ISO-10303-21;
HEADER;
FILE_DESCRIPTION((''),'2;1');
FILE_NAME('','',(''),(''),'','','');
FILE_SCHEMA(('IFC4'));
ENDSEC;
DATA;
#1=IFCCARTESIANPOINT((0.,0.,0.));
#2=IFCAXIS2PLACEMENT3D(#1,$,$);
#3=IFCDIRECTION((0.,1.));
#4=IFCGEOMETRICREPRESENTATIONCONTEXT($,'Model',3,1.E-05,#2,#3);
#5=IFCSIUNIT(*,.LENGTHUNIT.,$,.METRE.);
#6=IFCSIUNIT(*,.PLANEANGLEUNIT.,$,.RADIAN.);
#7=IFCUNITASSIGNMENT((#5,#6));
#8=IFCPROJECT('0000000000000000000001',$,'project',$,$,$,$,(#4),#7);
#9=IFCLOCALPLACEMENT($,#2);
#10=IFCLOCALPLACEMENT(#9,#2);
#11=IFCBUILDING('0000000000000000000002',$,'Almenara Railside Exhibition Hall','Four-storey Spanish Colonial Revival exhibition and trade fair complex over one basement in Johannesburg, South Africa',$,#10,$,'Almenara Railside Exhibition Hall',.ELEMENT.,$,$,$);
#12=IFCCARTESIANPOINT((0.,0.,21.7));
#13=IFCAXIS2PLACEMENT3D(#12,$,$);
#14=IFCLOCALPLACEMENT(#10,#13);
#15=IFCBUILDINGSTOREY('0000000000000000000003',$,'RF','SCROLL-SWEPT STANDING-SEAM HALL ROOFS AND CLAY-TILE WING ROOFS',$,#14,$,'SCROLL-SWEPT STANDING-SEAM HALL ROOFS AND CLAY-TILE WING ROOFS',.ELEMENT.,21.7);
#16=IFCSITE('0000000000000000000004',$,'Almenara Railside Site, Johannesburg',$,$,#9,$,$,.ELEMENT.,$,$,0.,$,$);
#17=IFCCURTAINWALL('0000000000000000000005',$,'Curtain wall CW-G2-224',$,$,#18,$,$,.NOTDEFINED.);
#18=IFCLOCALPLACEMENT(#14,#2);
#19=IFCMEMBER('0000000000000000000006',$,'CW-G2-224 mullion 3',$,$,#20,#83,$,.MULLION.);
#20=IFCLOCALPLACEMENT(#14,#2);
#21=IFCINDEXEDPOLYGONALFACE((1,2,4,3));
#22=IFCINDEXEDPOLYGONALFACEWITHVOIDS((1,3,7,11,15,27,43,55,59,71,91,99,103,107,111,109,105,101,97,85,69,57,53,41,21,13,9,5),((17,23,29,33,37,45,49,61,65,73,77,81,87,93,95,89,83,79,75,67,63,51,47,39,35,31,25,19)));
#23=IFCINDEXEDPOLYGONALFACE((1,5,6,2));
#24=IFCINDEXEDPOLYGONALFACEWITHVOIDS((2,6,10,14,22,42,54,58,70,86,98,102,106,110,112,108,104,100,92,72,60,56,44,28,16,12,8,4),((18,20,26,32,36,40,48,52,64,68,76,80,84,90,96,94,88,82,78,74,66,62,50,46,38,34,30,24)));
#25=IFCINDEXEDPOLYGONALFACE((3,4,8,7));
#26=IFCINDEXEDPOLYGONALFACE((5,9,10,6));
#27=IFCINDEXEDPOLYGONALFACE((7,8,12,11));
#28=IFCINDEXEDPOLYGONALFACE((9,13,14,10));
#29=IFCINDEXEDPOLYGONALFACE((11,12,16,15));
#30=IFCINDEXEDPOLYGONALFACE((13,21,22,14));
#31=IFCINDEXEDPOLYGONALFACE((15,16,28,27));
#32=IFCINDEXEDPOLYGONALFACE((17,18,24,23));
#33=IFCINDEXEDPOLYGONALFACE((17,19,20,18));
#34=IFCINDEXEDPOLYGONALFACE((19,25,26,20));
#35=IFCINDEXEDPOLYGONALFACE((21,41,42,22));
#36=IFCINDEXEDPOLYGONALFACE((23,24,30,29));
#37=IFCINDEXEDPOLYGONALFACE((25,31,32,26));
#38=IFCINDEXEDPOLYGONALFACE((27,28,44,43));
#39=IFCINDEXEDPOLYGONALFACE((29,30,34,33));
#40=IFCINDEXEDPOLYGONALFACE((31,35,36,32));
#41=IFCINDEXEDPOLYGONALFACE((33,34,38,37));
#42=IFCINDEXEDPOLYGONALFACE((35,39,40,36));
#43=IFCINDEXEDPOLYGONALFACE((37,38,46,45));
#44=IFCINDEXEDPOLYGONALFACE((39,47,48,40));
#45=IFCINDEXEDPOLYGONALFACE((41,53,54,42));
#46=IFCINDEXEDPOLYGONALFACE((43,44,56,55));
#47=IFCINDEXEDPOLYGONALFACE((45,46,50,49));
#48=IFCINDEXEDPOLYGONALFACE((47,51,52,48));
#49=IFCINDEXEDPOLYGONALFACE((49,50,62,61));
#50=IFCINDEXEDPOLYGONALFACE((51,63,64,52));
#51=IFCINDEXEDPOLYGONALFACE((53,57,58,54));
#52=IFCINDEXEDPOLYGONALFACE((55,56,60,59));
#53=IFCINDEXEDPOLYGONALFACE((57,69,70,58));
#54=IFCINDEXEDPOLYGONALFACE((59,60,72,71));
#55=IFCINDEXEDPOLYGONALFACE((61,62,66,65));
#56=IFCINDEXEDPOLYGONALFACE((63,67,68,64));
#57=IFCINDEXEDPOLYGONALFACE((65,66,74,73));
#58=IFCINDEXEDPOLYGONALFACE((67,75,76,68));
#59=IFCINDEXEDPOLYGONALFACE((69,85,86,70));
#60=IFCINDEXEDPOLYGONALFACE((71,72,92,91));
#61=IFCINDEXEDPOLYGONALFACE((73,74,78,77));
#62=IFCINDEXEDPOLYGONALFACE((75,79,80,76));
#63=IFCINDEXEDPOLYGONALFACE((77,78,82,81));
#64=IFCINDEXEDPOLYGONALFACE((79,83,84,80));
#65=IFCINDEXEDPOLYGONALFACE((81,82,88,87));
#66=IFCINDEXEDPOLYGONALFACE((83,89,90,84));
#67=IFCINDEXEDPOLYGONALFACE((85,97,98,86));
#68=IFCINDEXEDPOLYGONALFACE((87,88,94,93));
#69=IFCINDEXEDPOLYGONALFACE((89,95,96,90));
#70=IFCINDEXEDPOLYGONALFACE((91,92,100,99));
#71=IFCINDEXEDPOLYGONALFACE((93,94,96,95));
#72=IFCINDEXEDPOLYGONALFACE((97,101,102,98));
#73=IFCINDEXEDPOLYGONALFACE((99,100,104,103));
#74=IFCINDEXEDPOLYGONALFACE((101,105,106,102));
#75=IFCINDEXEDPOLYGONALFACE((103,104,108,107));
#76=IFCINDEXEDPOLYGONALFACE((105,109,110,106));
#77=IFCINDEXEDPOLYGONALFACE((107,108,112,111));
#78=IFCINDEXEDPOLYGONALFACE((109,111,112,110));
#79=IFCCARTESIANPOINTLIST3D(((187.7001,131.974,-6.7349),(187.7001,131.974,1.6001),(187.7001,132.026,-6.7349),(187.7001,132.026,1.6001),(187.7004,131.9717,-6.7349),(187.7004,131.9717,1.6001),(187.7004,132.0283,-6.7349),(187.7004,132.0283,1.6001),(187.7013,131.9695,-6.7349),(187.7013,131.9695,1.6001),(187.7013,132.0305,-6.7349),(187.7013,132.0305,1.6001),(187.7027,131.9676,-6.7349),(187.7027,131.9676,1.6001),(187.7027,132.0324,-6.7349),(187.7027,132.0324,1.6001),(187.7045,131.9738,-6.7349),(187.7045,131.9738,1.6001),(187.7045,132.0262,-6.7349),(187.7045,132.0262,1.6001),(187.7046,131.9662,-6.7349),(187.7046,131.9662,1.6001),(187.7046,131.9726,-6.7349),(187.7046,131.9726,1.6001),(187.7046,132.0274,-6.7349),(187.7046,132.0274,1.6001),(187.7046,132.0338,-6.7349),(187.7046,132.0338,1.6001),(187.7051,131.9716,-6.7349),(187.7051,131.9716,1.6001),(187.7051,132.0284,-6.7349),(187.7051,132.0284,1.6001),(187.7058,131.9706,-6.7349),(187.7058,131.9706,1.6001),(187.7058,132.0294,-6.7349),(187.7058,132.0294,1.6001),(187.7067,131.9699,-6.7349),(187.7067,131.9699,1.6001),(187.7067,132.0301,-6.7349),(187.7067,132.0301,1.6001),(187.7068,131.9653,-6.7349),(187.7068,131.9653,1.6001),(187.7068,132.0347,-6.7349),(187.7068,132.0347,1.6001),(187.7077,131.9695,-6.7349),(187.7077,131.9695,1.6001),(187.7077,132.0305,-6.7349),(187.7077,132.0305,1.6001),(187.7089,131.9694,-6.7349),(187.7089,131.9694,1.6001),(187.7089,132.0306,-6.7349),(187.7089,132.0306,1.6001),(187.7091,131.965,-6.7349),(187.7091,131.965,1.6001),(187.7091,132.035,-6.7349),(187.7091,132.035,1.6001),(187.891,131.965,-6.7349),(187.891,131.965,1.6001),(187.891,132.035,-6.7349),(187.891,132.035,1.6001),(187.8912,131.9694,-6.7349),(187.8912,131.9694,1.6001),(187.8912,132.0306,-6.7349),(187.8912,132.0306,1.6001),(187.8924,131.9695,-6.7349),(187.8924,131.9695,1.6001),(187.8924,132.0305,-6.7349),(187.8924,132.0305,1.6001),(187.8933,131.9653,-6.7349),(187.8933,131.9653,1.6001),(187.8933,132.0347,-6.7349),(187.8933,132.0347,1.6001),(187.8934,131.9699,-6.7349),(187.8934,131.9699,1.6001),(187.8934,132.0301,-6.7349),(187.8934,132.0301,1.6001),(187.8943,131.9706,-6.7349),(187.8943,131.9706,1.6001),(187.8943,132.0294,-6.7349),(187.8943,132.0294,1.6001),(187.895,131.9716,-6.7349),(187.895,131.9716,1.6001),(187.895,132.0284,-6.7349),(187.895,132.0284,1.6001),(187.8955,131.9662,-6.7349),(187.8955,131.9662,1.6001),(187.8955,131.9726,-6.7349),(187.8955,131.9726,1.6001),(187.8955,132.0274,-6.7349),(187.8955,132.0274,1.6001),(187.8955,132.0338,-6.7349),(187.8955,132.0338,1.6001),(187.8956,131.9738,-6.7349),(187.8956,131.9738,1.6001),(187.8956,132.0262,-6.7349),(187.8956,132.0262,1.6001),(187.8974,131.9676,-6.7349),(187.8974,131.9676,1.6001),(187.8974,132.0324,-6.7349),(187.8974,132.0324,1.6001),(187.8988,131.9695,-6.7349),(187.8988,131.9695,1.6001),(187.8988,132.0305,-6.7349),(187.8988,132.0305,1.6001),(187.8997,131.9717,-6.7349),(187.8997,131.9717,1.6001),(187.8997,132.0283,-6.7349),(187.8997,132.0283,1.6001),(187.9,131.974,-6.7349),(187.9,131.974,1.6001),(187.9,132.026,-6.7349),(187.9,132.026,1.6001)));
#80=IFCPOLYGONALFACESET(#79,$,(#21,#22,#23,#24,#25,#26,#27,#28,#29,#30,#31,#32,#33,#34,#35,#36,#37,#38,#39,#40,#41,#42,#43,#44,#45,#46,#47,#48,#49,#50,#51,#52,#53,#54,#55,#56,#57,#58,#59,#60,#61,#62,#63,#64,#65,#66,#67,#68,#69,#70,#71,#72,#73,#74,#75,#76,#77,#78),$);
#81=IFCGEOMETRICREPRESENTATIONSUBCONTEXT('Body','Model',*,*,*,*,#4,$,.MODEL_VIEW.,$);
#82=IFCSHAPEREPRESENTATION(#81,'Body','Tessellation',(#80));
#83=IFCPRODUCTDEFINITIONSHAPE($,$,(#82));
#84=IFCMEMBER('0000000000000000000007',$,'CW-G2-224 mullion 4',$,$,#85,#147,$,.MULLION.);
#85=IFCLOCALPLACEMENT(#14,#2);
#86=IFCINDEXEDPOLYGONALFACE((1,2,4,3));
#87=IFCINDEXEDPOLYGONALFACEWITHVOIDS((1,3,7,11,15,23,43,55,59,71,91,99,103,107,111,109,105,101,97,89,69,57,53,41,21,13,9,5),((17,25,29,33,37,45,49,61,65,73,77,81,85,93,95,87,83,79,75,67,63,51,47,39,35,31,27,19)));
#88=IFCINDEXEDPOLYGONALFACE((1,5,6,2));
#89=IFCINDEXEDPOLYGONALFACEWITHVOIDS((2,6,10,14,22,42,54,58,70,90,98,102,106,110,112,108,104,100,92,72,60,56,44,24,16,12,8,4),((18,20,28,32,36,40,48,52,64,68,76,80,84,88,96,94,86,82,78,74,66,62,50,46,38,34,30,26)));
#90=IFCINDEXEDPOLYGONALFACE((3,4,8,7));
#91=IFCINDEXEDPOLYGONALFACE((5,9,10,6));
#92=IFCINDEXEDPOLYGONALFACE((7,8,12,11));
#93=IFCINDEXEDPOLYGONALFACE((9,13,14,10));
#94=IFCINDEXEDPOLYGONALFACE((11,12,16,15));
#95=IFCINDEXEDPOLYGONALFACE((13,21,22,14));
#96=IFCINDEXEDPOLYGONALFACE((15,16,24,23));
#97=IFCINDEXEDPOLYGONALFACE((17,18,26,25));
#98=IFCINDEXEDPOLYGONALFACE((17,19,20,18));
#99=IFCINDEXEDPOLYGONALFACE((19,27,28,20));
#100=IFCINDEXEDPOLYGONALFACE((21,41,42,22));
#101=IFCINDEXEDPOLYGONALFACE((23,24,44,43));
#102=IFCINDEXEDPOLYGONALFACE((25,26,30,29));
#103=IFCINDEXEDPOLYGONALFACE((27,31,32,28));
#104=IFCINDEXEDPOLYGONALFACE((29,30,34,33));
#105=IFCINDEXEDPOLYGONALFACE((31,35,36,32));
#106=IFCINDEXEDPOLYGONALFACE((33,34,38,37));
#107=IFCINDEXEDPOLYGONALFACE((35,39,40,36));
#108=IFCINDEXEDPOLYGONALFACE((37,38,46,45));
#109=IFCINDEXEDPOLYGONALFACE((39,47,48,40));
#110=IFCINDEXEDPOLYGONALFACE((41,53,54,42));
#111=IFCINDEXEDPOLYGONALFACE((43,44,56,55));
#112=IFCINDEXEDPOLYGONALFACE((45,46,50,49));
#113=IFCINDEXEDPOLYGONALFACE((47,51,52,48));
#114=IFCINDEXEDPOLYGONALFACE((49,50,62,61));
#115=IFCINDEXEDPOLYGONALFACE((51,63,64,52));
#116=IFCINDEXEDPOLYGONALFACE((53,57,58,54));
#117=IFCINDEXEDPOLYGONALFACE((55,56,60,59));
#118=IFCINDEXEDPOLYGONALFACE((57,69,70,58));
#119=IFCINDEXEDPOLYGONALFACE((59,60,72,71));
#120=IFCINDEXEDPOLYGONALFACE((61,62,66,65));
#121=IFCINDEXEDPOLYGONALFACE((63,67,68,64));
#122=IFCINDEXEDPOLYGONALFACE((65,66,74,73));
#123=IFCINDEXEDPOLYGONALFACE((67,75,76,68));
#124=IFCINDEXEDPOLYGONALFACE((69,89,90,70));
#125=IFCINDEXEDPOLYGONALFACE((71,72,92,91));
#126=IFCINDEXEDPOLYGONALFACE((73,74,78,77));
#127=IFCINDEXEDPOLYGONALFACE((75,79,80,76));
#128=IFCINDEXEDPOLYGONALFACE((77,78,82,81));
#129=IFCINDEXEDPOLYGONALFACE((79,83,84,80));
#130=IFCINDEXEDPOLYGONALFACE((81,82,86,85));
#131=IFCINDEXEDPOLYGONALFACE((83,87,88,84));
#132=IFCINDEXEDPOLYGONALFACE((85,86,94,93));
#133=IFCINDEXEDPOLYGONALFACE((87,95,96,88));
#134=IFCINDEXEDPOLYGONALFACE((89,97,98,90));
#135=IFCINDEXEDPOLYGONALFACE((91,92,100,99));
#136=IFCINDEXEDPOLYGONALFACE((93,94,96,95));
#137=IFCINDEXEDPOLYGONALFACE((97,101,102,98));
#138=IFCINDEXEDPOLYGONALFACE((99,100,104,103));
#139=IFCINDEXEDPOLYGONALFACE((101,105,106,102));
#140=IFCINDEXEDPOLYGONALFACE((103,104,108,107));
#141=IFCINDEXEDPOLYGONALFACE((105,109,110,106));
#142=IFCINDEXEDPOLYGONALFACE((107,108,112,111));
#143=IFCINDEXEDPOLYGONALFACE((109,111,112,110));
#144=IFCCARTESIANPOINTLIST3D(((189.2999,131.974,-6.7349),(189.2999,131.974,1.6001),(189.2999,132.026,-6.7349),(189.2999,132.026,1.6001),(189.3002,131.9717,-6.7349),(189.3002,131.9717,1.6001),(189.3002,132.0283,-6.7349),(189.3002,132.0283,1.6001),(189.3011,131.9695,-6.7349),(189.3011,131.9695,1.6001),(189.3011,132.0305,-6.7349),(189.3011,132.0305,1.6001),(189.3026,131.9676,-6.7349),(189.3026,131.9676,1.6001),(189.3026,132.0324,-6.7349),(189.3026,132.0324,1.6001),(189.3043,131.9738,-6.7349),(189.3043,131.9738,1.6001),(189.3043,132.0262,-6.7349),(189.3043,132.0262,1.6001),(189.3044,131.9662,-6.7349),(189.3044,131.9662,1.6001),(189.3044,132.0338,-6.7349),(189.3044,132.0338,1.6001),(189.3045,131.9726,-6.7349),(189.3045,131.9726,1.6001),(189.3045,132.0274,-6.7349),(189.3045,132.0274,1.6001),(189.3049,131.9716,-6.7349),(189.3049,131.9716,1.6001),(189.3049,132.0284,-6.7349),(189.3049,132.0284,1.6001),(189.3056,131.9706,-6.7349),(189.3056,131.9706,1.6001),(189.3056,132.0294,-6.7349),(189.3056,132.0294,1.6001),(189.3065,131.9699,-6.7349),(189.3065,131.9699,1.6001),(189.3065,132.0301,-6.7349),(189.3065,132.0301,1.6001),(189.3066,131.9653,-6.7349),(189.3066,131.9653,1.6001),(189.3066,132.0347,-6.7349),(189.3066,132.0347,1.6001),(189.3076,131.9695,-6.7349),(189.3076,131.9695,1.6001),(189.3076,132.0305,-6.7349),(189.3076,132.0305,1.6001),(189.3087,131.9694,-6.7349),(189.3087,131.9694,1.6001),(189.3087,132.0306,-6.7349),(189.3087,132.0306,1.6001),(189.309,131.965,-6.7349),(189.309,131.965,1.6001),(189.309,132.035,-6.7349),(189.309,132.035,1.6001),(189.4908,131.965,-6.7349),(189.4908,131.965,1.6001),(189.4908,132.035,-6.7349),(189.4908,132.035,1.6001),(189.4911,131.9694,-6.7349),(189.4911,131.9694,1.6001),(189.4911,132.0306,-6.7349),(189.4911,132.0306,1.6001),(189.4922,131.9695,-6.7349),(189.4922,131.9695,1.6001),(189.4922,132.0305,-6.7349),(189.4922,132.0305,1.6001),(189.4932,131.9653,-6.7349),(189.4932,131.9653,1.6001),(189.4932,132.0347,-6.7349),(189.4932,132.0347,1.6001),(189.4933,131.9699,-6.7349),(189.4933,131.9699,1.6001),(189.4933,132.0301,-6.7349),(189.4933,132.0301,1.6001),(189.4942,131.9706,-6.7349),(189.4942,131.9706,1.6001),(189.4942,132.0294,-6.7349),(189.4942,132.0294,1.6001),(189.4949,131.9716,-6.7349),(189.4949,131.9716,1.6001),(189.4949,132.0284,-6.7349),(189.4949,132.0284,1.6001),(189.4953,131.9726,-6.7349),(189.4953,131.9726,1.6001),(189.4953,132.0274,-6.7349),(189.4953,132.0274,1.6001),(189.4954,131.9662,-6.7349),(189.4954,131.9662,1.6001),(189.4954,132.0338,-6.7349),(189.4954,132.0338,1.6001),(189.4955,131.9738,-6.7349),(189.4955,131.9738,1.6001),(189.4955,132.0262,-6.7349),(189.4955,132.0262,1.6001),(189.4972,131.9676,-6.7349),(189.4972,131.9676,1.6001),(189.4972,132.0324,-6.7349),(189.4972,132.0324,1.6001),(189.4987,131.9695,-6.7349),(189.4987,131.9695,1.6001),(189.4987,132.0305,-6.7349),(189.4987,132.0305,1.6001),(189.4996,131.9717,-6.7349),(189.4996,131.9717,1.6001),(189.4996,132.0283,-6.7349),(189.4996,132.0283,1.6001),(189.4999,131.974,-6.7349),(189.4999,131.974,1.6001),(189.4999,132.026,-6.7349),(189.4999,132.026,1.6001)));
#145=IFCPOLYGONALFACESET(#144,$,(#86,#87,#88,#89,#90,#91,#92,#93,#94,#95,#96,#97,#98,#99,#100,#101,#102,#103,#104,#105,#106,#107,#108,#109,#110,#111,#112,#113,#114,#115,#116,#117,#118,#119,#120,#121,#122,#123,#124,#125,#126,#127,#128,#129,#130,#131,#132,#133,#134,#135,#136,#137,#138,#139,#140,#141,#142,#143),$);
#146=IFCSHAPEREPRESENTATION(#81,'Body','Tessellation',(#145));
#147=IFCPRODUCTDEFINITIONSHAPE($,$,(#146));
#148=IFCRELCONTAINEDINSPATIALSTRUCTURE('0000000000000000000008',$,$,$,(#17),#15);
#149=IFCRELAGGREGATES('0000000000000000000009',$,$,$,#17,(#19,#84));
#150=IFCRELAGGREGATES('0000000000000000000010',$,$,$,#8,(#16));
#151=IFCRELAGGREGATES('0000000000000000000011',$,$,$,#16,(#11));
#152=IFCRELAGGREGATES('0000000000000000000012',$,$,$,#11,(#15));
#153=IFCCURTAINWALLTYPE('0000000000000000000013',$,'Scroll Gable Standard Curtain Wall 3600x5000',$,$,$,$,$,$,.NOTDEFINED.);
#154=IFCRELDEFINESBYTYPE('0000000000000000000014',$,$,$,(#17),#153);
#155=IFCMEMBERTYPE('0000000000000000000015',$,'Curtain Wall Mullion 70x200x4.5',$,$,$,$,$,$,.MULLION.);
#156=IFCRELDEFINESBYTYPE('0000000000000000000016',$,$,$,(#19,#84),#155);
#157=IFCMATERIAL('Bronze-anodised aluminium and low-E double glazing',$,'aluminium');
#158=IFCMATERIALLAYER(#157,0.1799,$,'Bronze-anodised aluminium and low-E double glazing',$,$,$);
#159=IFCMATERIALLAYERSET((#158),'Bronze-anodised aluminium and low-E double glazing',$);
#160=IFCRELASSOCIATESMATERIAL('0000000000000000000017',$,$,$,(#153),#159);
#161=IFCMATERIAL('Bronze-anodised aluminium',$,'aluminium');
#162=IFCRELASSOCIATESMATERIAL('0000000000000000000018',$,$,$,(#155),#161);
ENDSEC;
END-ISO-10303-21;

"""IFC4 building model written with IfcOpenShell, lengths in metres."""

from ifc_helpers import new_model, si_unit, direction, frame, origin, origin_2d, place, context, subcontext, project, spatial, hollow_rectangle, extrude, material, layer, layer_set, material_profile, profile_set, type_object, element, aggregate, save


model = new_model("IFC4")

# Units and contexts
model_context = context("Model", 3, precision=1e-05, world=origin(), true_north=direction((0.0, 1.0)))
body_context = subcontext(model_context, "Body", "Model", "MODEL_VIEW")
ifc_project = project(units=[si_unit("LENGTHUNIT", "METRE"), si_unit("PLANEANGLEUNIT", "RADIAN")], contexts=[model_context])

# Site, building, storey
site_placement = place(None, origin())
site = spatial("IfcSite", under=ifc_project, at=site_placement, Name="Almenara Railside Site, Johannesburg", CompositionType="ELEMENT", RefElevation=0.0)
building_placement = place(site_placement, origin())
building = spatial("IfcBuilding", under=site, at=building_placement, Name="Almenara Railside Exhibition Hall", Description="Four-storey Spanish Colonial Revival exhibition and trade fair complex over one basement in Johannesburg, South Africa", LongName="Almenara Railside Exhibition Hall", CompositionType="ELEMENT")
storey_placement = place(building_placement, frame((0.0, 0.0, 21.7)))
storey = spatial("IfcBuildingStorey", under=building, at=storey_placement, Name="RF", Description="SCROLL-SWEPT STANDING-SEAM HALL ROOFS AND CLAY-TILE WING ROOFS", LongName="SCROLL-SWEPT STANDING-SEAM HALL ROOFS AND CLAY-TILE WING ROOFS", CompositionType="ELEMENT", Elevation=21.7)

# Curtain wall, members
ifc_material_1 = material(Name="Bronze-anodised aluminium and low-E double glazing", Category="aluminium")
ifc_layer_1 = layer(ifc_material_1, 0.1799, Name="Bronze-anodised aluminium and low-E double glazing")
ifc_layer_set_1 = layer_set([ifc_layer_1], Name="Bronze-anodised aluminium and low-E double glazing")
curtain_wall_type = type_object("IfcCurtainWallType", Name="Scroll Gable Standard Curtain Wall 3600x5000", PredefinedType="NOTDEFINED", material=ifc_layer_set_1)
curtain_wall_placement = place(storey_placement, origin())
curtain_wall = element("IfcCurtainWall", 1, at=curtain_wall_placement, inside=storey, type_object=curtain_wall_type, Name="Curtain wall CW-G2-224", PredefinedType="NOTDEFINED")
ifc_material_2 = material(Name="Bronze-anodised aluminium", Category="aluminium")
ifc_material_profile_1 = material_profile(ifc_material_2, hollow_rectangle(XDim=0.0701, YDim=0.2, WallThickness=0.0044, InnerFilletRadius=0.0044, OuterFilletRadius=0.009, at=origin_2d()), Name="ALU-MUL 70x200x4.5")
ifc_profile_set_1 = profile_set([ifc_material_profile_1], Name="Bronze-anodised aluminium")
member_type_1 = type_object("IfcMemberType", Name="Curtain Wall Mullion 70x200x4.5", PredefinedType="MULLION", material=ifc_profile_set_1)
member_1_placement = place(storey_placement, frame((187.8, 132.0, -6.7349), z_axis=(0.0, 0.0, 1.0), x_axis=(0.0, 1.0, 0.0)))
member_1 = element("IfcMember", 2, at=member_1_placement, type_object=member_type_1, Name="CW-G2-224 mullion 3", PredefinedType="MULLION", context=body_context, shape_type="SweptSolid", body=[
    extrude(hollow_rectangle(XDim=0.0701, YDim=0.2, WallThickness=0.0044, InnerFilletRadius=0.0044, OuterFilletRadius=0.009, at=origin_2d()), origin(), (0.0, 0.0, 1.0), 8.335),
])
member_2_placement = place(storey_placement, frame((189.3999, 132.0, -6.7349), z_axis=(0.0, 0.0, 1.0), x_axis=(0.0, 1.0, 0.0)))
member_2 = element("IfcMember", 3, at=member_2_placement, type_object=member_type_1, Name="CW-G2-224 mullion 4", PredefinedType="MULLION", context=body_context, shape_type="SweptSolid", body=[
    extrude(hollow_rectangle(XDim=0.0701, YDim=0.2, WallThickness=0.0044, InnerFilletRadius=0.0044, OuterFilletRadius=0.009, at=origin_2d()), origin(), (0.0, 0.0, 1.0), 8.335),
])

aggregate(curtain_wall, [member_1, member_2])

save(model, "model.ifc")
